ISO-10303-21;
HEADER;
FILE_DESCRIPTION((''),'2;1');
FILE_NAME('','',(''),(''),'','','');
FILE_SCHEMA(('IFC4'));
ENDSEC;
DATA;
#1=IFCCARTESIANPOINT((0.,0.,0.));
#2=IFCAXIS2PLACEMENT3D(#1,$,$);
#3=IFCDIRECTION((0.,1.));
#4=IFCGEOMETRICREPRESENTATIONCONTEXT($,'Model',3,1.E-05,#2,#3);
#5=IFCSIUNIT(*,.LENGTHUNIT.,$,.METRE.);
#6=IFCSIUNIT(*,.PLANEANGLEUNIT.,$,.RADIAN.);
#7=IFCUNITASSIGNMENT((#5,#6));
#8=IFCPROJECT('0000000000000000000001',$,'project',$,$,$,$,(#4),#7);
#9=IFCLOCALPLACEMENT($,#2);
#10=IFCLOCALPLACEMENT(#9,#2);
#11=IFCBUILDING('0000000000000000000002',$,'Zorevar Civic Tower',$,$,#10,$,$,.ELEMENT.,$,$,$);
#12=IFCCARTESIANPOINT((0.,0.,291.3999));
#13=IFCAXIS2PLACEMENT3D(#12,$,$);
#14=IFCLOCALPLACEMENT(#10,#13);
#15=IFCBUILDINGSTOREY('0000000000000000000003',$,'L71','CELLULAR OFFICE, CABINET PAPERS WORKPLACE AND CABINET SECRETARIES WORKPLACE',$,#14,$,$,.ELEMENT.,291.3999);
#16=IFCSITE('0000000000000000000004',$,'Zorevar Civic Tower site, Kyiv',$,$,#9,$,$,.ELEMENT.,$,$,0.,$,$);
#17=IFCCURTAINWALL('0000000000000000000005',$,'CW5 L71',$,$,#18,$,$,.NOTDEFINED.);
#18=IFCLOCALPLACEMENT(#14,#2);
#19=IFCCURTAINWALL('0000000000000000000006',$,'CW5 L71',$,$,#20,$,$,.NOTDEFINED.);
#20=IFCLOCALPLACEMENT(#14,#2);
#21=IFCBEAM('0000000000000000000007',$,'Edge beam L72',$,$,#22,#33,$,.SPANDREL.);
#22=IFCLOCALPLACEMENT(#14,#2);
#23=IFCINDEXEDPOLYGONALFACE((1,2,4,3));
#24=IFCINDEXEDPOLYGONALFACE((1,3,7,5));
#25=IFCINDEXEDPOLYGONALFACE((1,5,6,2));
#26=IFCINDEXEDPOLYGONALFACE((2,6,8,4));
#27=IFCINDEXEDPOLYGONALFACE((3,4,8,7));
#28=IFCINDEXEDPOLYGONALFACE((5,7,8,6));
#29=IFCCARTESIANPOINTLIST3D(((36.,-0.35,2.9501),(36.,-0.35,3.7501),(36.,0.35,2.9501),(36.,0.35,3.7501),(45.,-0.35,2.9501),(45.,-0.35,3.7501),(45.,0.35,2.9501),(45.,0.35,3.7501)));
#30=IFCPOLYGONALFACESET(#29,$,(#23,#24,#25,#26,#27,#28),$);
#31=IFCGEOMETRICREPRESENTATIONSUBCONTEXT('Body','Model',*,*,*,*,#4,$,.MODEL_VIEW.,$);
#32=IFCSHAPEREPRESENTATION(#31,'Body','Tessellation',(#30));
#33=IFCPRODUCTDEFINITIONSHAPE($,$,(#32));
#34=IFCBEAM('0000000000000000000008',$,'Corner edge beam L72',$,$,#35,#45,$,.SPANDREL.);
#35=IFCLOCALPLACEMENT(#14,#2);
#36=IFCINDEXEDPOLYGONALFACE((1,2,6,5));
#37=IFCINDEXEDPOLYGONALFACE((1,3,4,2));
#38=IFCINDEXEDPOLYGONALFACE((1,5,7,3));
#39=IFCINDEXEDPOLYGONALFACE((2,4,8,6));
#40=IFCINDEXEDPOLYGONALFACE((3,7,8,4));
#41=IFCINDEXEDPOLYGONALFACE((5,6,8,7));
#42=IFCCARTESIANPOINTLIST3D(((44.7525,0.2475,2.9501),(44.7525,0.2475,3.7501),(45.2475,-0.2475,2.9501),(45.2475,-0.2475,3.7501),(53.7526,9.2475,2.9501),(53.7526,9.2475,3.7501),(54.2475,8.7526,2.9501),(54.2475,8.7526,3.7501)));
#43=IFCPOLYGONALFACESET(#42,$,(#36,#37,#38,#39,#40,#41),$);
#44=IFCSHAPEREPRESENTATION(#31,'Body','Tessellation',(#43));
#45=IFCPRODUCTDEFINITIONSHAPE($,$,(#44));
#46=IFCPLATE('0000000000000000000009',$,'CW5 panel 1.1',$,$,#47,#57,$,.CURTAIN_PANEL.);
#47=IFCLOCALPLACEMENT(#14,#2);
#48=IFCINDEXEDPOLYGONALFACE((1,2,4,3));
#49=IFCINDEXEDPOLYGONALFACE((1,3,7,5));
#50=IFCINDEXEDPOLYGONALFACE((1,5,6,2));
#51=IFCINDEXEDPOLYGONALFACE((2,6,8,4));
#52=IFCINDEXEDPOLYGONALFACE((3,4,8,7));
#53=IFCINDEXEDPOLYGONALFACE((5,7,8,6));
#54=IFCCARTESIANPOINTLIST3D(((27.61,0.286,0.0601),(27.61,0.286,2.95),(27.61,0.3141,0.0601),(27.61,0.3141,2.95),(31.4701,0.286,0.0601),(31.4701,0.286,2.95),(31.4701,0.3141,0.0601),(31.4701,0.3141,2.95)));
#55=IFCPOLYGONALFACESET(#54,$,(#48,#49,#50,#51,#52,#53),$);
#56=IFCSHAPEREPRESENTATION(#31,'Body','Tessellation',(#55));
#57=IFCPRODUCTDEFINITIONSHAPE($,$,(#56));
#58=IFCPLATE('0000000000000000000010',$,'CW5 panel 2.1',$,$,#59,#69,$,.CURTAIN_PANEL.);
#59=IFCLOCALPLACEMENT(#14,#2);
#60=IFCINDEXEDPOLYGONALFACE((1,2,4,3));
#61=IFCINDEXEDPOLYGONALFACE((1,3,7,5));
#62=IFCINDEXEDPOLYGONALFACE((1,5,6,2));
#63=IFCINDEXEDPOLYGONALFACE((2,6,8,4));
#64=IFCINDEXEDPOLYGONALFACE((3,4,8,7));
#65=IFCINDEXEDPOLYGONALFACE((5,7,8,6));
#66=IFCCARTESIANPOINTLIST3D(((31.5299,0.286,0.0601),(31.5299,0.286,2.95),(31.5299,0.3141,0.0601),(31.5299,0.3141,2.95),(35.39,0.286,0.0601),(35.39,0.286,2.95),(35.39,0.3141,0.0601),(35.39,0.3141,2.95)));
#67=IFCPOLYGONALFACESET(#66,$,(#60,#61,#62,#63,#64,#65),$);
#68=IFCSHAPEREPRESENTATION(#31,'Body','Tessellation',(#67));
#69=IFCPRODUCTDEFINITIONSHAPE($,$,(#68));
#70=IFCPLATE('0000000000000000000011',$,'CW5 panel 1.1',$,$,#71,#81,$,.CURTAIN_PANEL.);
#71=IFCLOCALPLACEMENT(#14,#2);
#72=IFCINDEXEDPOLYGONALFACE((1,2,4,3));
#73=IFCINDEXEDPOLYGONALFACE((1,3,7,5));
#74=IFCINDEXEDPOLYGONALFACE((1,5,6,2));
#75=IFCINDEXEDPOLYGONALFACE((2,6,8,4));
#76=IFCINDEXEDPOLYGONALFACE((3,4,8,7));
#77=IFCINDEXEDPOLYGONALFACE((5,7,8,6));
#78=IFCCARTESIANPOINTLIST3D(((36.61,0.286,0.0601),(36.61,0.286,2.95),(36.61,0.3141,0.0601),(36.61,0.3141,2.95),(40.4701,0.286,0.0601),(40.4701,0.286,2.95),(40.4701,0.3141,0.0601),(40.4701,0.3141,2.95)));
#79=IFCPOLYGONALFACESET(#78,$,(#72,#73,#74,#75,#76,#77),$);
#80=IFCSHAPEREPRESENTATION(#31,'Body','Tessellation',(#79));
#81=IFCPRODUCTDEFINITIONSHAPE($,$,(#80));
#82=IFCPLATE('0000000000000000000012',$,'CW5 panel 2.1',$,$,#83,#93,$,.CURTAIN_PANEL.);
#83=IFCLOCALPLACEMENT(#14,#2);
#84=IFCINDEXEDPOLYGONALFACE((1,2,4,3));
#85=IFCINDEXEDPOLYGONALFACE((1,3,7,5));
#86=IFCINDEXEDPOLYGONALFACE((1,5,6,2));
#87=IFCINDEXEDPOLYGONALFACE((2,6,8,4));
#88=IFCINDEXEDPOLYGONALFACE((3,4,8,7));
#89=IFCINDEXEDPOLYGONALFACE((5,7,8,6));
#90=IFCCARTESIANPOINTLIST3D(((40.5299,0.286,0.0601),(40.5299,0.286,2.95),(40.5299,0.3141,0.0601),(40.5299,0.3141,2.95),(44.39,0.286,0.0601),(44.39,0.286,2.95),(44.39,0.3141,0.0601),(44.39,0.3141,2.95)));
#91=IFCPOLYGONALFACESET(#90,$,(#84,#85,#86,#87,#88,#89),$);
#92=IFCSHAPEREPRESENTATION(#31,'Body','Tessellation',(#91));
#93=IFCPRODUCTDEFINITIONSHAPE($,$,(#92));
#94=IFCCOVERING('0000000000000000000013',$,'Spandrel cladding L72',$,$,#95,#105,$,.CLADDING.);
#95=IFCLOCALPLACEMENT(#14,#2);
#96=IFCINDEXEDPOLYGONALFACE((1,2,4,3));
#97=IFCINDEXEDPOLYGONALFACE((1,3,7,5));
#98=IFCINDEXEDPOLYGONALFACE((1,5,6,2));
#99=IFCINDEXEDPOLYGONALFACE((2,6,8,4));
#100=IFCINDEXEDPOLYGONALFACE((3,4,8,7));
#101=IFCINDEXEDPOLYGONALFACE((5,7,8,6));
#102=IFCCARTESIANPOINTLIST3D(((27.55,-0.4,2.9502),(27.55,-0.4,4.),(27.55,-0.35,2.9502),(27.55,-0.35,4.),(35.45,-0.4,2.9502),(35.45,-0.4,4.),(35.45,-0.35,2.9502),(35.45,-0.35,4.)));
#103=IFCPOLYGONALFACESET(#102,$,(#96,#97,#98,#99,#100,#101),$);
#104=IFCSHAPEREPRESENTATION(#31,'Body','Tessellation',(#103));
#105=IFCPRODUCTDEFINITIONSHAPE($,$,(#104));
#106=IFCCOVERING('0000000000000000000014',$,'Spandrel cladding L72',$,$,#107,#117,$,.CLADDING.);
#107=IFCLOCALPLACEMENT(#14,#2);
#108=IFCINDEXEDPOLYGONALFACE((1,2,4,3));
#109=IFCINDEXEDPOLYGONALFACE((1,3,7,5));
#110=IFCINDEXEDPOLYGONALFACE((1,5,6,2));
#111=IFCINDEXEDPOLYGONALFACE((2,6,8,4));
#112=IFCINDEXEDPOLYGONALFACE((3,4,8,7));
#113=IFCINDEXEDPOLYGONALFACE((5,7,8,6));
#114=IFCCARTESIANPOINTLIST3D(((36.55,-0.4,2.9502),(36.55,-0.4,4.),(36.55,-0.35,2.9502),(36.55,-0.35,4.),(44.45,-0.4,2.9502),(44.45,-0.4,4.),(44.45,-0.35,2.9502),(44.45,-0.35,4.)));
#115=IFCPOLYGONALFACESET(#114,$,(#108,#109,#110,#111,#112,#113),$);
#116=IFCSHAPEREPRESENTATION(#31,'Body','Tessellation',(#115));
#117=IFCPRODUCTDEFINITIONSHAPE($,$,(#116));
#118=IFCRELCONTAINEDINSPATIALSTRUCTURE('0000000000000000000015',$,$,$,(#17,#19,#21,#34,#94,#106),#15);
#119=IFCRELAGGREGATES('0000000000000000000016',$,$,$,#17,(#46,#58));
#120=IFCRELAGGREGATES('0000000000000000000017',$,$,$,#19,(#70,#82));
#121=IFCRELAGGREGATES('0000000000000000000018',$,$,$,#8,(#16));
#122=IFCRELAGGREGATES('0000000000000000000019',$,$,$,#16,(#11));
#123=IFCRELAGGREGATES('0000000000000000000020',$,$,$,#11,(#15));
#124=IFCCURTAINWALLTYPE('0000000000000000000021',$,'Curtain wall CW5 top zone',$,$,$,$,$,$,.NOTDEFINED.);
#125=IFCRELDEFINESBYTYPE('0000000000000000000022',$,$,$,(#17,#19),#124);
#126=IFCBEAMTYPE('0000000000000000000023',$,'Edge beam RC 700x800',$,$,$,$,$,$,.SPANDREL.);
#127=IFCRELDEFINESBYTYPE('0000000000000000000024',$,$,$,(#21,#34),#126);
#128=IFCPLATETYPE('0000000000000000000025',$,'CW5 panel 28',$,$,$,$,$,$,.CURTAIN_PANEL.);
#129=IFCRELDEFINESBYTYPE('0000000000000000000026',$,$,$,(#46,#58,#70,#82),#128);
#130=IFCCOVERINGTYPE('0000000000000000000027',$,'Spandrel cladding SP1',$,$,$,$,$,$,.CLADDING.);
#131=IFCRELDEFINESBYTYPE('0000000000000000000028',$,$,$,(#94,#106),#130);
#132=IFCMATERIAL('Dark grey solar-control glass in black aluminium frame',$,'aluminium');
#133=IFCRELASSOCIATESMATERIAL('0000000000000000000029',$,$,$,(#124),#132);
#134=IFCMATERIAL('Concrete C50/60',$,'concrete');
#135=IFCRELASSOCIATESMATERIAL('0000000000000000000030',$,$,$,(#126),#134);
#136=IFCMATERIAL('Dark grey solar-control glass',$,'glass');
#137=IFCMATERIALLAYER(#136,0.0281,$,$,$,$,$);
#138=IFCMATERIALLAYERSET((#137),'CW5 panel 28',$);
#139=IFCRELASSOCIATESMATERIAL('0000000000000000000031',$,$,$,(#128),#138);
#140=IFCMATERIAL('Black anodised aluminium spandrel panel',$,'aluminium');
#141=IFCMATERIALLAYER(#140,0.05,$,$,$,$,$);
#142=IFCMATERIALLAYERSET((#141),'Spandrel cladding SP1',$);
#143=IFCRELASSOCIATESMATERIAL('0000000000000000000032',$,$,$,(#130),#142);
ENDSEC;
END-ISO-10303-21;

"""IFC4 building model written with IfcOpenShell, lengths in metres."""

from ifc_helpers import new_model, si_unit, direction, frame, frame_2d, origin, origin_2d, place, context, subcontext, project, spatial, rectangle, extrude, material, layer, layer_set, material_profile, profile_set, type_object, element, aggregate, save


model = new_model("IFC4")

# Units and contexts
model_context = context("Model", 3, precision=1e-05, world=origin(), true_north=direction((0.0, 1.0)))
body_context = subcontext(model_context, "Body", "Model", "MODEL_VIEW")
ifc_project = project(units=[si_unit("LENGTHUNIT", "METRE"), si_unit("PLANEANGLEUNIT", "RADIAN")], contexts=[model_context])

# Site, building, storey
site_placement = place(None, origin())
site = spatial("IfcSite", under=ifc_project, at=site_placement, Name="Zorevar Civic Tower site, Kyiv", CompositionType="ELEMENT", RefElevation=0.0)
building_placement = place(site_placement, origin())
building = spatial("IfcBuilding", under=site, at=building_placement, Name="Zorevar Civic Tower", CompositionType="ELEMENT")
storey_placement = place(building_placement, frame((0.0, 0.0, 291.3999)))
storey = spatial("IfcBuildingStorey", under=building, at=storey_placement, Name="L71", Description="CELLULAR OFFICE, CABINET PAPERS WORKPLACE AND CABINET SECRETARIES WORKPLACE", CompositionType="ELEMENT", Elevation=291.3999)

# Curtain walls
ifc_material_1 = material(Name="Dark grey solar-control glass in black aluminium frame", Category="aluminium")
curtain_wall_type = type_object("IfcCurtainWallType", Name="Curtain wall CW5 top zone", PredefinedType="NOTDEFINED", material=ifc_material_1)
curtain_wall_1_placement = place(storey_placement, origin())
curtain_wall_1 = element("IfcCurtainWall", 1, at=curtain_wall_1_placement, inside=storey, type_object=curtain_wall_type, Name="CW5 L71", PredefinedType="NOTDEFINED")
curtain_wall_2_placement = place(storey_placement, origin())
curtain_wall_2 = element("IfcCurtainWall", 2, at=curtain_wall_2_placement, inside=storey, type_object=curtain_wall_type, Name="CW5 L71", PredefinedType="NOTDEFINED")

# Beams
ifc_material_2 = material(Name="Concrete C50/60", Category="concrete")
ifc_material_profile_1 = material_profile(ifc_material_2, rectangle(XDim=0.7, YDim=0.8, at=origin_2d()), Name="RC 700x800")
ifc_profile_set_1 = profile_set([ifc_material_profile_1], Name="Concrete C50/60")
beam_type_1 = type_object("IfcBeamType", Name="Edge beam RC 700x800", PredefinedType="SPANDREL", material=ifc_profile_set_1)
beam_1_placement = place(storey_placement, frame((36.0, 0.0, 3.3501), z_axis=(1.0, 0.0, 0.0), x_axis=(0.0, 1.0, 0.0)))
element("IfcBeam", 3, at=beam_1_placement, inside=storey, type_object=beam_type_1, Name="Edge beam L72", PredefinedType="SPANDREL", context=body_context, shape_type="SweptSolid", body=[
    extrude(rectangle(XDim=0.7, YDim=0.8, at=origin_2d()), origin(), (0.0, 0.0, 1.0), 9.0),
])
beam_2_placement = place(storey_placement, frame((45.0, 0.0, 3.3501), z_axis=(0.707107, 0.707107, 0.0), x_axis=(-0.707107, 0.707107, 0.0)))
element("IfcBeam", 4, at=beam_2_placement, inside=storey, type_object=beam_type_1, Name="Corner edge beam L72", PredefinedType="SPANDREL", context=body_context, shape_type="SweptSolid", body=[
    extrude(rectangle(XDim=0.7, YDim=0.8, at=origin_2d()), origin(), (0.0, 0.0, 1.0), 12.728),
])

# Plates
ifc_material_3 = material(Name="Dark grey solar-control glass", Category="glass")
ifc_layer_1 = layer(ifc_material_3, 0.0281)
ifc_layer_set_1 = layer_set([ifc_layer_1], Name="CW5 panel 28")
plate_type = type_object("IfcPlateType", Name="CW5 panel 28", PredefinedType="CURTAIN_PANEL", material=ifc_layer_set_1)
plate_1_placement = place(storey_placement, frame((29.54, 0.3, 0.0601), z_axis=(0.0, 0.0, 1.0), x_axis=(1.0, 0.0, 0.0)))
plate_1 = element("IfcPlate", 5, at=plate_1_placement, type_object=plate_type, Name="CW5 panel 1.1", PredefinedType="CURTAIN_PANEL", context=body_context, shape_type="SweptSolid", body=[
    extrude(rectangle(XDim=3.8601, YDim=0.0281, at=origin_2d()), origin(), (0.0, 0.0, 1.0), 2.8899),
])
plate_2_placement = place(storey_placement, frame((33.46, 0.3, 0.0601), z_axis=(0.0, 0.0, 1.0), x_axis=(1.0, 0.0, 0.0)))
plate_2 = element("IfcPlate", 6, at=plate_2_placement, type_object=plate_type, Name="CW5 panel 2.1", PredefinedType="CURTAIN_PANEL", context=body_context, shape_type="SweptSolid", body=[
    extrude(rectangle(XDim=3.8601, YDim=0.0281, at=origin_2d()), origin(), (0.0, 0.0, 1.0), 2.8899),
])
aggregate(curtain_wall_1, [plate_1, plate_2])
plate_3_placement = place(storey_placement, frame((38.54, 0.3, 0.0601), z_axis=(0.0, 0.0, 1.0), x_axis=(1.0, 0.0, 0.0)))
plate_3 = element("IfcPlate", 7, at=plate_3_placement, type_object=plate_type, Name="CW5 panel 1.1", PredefinedType="CURTAIN_PANEL", context=body_context, shape_type="SweptSolid", body=[
    extrude(rectangle(XDim=3.8601, YDim=0.0281, at=origin_2d()), origin(), (0.0, 0.0, 1.0), 2.8899),
])
plate_4_placement = place(storey_placement, frame((42.46, 0.3, 0.0601), z_axis=(0.0, 0.0, 1.0), x_axis=(1.0, 0.0, 0.0)))
plate_4 = element("IfcPlate", 8, at=plate_4_placement, type_object=plate_type, Name="CW5 panel 2.1", PredefinedType="CURTAIN_PANEL", context=body_context, shape_type="SweptSolid", body=[
    extrude(rectangle(XDim=3.8601, YDim=0.0281, at=origin_2d()), origin(), (0.0, 0.0, 1.0), 2.8899),
])
aggregate(curtain_wall_2, [plate_3, plate_4])

# Coverings
ifc_material_4 = material(Name="Black anodised aluminium spandrel panel", Category="aluminium")
ifc_layer_2 = layer(ifc_material_4, 0.05)
ifc_layer_set_2 = layer_set([ifc_layer_2], Name="Spandrel cladding SP1")
covering_type = type_object("IfcCoveringType", Name="Spandrel cladding SP1", PredefinedType="CLADDING", material=ifc_layer_set_2)
for number, where, z_axis, x_axis, name in (
    (9, (27.55, -0.375, 2.9502), (0.0, 0.0, 1.0), (1.0, 0.0, 0.0), "Spandrel cladding L72"),
    (10, (36.55, -0.375, 2.9502), (0.0, 0.0, 1.0), (1.0, 0.0, 0.0), "Spandrel cladding L72"),
):
    element("IfcCovering", number, at=place(storey_placement, frame(where, z_axis=z_axis, x_axis=x_axis)), inside=storey, type_object=covering_type, Name=name, PredefinedType="CLADDING", context=body_context, shape_type="SweptSolid", body=[
        extrude(rectangle(XDim=7.8999, YDim=0.05, at=frame_2d((3.95, 0.0))), origin(), (0.0, 0.0, 1.0), 1.0498),
    ])

save(model, "model.ifc")
